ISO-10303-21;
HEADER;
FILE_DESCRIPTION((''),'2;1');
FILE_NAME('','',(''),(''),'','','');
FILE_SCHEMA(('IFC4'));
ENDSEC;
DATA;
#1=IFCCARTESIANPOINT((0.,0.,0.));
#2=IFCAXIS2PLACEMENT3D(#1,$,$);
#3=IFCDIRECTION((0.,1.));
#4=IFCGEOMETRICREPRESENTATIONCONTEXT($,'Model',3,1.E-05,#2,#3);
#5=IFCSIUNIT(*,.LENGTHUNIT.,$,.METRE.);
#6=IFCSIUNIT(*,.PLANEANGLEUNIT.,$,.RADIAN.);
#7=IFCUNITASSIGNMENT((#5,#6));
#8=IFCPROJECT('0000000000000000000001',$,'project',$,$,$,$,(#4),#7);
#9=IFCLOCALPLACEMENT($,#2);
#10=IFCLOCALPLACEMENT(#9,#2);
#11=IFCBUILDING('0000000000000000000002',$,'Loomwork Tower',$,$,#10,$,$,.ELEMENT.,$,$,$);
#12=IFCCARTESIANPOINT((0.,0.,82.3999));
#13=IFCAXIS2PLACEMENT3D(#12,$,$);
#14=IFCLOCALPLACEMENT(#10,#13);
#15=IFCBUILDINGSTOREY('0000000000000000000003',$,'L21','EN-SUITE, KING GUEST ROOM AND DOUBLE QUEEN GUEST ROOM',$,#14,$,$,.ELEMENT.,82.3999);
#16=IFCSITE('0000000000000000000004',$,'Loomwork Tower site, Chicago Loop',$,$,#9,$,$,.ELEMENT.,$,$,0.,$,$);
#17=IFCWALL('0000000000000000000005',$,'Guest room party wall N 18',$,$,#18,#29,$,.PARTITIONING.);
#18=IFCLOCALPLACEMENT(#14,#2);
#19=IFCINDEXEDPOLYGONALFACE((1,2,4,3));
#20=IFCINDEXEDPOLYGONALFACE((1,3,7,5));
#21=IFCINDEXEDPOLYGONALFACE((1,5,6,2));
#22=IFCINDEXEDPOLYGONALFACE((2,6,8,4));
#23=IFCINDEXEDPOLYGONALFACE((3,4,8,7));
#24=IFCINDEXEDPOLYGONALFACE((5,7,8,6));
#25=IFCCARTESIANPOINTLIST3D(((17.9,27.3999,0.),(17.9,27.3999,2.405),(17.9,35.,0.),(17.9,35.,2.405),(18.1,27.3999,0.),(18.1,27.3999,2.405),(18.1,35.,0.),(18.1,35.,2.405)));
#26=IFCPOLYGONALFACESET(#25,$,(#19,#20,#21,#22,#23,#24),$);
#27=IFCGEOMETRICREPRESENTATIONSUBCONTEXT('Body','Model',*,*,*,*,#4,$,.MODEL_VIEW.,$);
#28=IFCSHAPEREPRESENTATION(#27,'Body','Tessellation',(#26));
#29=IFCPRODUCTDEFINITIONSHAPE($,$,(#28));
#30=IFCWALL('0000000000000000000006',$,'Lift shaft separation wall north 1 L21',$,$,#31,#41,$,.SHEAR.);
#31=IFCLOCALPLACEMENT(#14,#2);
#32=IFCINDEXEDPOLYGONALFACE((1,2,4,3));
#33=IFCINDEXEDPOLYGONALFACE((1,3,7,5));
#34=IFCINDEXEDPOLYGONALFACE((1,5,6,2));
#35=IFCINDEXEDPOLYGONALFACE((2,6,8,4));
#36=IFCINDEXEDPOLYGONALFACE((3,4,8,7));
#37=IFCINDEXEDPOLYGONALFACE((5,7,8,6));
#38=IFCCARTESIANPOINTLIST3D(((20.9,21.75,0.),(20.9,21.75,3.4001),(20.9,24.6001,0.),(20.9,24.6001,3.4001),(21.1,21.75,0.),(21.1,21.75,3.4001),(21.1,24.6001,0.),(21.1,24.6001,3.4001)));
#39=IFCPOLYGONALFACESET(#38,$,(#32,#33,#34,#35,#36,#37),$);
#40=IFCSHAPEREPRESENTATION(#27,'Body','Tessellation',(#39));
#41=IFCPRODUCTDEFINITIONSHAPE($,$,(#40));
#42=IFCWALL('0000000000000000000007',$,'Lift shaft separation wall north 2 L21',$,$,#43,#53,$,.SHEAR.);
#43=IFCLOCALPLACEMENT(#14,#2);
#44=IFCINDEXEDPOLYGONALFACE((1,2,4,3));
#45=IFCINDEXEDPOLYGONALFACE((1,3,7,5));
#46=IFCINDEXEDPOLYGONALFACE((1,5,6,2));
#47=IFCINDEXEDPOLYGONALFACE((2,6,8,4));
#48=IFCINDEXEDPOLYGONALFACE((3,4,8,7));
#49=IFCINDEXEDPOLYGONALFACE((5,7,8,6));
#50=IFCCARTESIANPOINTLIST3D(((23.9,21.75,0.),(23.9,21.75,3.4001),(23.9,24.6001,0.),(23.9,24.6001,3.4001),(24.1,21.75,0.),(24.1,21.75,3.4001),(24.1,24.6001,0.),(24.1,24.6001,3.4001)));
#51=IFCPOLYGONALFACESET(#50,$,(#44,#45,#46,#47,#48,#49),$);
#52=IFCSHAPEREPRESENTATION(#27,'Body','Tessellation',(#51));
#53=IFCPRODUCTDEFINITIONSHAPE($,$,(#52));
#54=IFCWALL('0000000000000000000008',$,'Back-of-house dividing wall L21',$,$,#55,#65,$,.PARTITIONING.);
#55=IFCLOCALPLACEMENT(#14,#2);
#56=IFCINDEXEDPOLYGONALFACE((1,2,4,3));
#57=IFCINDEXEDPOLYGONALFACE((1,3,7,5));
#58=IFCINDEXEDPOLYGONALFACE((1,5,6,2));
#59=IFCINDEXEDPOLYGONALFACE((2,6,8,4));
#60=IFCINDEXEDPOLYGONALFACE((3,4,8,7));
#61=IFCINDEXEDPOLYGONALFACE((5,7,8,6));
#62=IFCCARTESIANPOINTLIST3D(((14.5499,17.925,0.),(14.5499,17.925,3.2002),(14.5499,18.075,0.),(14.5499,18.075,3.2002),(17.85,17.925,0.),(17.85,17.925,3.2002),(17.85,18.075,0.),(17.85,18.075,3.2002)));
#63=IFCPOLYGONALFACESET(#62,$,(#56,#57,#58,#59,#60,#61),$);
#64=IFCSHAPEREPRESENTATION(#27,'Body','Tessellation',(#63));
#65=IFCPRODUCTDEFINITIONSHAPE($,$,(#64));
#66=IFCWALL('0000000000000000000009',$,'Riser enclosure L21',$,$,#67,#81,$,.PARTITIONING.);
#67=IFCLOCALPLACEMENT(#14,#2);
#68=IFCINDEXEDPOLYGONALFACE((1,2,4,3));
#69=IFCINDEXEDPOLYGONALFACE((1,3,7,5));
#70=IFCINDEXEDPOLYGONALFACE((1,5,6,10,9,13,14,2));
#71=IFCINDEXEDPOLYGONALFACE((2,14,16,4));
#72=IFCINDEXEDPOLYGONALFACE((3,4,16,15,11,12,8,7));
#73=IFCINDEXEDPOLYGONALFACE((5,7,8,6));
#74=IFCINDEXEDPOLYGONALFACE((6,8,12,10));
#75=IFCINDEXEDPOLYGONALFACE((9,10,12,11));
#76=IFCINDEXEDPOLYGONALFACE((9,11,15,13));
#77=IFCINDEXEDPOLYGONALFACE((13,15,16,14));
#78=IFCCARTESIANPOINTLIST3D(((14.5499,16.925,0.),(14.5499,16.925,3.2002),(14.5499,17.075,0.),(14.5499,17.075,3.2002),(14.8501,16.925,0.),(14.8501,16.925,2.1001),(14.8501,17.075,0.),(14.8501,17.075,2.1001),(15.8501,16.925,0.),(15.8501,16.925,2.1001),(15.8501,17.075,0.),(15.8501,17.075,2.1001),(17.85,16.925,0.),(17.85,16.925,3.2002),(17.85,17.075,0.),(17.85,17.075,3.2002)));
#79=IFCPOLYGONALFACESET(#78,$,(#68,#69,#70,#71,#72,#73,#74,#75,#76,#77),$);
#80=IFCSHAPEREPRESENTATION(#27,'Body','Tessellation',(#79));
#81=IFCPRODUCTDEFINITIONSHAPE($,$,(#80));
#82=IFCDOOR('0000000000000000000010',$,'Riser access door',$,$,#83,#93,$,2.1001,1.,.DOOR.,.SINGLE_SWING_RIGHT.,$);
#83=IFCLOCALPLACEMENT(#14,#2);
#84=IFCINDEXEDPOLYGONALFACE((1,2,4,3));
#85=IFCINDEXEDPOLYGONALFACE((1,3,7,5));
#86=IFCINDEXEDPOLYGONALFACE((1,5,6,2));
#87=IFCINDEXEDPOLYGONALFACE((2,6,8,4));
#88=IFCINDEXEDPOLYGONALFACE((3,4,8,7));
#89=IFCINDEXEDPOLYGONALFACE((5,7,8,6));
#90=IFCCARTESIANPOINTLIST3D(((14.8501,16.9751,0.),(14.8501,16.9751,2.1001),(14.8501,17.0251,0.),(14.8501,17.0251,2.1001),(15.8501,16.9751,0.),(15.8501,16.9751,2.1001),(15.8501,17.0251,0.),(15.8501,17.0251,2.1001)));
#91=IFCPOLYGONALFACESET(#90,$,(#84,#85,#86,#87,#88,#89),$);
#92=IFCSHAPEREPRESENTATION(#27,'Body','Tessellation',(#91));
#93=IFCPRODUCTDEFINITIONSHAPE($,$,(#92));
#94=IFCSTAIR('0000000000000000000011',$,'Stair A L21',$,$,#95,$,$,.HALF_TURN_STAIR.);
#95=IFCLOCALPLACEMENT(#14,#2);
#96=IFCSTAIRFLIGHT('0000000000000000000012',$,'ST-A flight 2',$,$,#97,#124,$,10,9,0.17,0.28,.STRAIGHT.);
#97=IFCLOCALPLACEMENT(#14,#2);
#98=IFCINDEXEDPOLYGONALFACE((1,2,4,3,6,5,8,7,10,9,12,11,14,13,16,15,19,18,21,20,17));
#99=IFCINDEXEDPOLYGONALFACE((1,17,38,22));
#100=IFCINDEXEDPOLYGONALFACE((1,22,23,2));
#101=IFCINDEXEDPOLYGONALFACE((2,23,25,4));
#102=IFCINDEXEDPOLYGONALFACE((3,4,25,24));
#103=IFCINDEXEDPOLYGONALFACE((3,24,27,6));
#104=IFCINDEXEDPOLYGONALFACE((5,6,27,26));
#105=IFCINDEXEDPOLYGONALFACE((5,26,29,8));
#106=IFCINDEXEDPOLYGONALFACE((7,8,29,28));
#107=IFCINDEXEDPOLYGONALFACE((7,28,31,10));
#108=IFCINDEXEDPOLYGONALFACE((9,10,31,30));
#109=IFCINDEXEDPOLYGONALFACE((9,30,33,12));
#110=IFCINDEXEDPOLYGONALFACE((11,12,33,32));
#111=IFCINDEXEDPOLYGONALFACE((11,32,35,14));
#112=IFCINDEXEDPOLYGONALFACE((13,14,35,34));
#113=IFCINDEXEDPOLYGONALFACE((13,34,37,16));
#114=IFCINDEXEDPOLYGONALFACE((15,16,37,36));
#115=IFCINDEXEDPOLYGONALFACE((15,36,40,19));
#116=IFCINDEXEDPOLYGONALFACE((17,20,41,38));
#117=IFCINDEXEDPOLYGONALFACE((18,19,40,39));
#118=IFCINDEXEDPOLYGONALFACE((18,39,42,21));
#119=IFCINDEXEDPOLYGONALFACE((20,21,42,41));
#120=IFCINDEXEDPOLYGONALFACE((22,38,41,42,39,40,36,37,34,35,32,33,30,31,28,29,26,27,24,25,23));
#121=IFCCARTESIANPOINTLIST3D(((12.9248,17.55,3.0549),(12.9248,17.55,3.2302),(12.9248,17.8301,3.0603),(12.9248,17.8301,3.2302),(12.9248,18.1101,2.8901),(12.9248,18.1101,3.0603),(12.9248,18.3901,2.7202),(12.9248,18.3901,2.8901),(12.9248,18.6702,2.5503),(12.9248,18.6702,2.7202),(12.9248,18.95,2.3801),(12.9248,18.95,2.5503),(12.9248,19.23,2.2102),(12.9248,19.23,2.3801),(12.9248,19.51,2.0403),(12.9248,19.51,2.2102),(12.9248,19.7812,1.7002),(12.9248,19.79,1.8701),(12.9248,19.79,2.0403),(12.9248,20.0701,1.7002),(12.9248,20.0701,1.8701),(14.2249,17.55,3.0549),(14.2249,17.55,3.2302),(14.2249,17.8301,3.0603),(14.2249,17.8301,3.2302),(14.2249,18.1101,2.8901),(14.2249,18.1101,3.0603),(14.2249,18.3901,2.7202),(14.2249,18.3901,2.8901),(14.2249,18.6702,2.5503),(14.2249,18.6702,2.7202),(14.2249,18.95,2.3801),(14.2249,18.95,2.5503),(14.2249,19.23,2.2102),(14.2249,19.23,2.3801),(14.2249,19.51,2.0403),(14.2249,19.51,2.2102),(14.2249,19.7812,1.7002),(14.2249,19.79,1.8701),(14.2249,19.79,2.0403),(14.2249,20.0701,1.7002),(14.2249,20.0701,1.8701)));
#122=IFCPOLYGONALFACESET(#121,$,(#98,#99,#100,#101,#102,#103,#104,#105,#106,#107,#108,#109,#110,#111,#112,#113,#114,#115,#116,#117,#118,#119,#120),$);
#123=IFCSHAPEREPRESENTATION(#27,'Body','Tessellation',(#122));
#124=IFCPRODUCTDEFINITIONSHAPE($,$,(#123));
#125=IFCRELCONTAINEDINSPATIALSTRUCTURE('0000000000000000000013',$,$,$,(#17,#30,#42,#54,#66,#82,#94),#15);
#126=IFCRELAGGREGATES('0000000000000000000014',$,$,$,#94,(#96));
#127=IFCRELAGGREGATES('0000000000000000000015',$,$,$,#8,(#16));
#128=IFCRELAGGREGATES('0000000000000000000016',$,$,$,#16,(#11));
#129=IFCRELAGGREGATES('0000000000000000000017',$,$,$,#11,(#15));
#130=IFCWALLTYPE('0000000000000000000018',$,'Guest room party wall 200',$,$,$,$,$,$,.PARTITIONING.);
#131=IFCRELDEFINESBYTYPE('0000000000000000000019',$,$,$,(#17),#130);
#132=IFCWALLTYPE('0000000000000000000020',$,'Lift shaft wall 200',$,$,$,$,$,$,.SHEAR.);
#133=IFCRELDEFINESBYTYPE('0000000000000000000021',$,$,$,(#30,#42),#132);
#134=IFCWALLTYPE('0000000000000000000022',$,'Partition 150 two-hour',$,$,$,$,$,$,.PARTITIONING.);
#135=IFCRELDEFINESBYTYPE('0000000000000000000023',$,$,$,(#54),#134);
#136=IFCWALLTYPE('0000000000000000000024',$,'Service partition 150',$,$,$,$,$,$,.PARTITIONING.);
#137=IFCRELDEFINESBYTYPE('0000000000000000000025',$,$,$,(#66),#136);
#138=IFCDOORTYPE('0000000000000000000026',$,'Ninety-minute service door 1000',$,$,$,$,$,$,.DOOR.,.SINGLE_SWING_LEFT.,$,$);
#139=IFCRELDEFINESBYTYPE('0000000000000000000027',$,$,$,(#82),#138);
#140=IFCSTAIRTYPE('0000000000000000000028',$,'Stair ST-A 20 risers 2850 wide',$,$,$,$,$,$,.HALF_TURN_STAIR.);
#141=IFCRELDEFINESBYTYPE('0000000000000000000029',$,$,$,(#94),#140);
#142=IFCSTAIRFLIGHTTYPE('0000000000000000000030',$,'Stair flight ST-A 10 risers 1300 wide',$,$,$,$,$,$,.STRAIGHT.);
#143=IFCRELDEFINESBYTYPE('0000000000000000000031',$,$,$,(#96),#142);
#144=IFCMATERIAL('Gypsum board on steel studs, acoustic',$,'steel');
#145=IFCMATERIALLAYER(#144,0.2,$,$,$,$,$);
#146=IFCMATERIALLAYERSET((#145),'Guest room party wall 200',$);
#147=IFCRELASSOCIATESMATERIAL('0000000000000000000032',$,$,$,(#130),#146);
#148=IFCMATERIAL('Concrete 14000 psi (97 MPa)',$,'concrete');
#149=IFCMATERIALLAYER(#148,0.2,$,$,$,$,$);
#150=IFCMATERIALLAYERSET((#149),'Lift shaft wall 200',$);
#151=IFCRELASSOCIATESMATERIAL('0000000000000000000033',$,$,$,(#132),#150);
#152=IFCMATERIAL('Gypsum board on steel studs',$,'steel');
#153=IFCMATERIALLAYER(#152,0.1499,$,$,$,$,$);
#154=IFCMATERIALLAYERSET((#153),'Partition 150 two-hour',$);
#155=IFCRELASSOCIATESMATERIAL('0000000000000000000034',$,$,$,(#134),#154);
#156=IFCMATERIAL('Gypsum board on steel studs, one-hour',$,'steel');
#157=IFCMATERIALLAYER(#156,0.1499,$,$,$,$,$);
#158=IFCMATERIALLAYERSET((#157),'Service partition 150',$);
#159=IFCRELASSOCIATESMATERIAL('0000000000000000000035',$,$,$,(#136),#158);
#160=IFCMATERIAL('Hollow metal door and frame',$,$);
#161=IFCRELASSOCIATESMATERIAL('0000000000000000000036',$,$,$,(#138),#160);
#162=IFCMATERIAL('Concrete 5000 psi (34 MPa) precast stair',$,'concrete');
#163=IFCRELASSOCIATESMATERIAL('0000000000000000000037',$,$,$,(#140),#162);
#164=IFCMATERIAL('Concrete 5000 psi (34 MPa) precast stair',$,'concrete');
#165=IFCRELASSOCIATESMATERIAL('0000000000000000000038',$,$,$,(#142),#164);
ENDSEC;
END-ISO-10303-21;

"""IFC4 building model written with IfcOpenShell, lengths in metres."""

from ifc_helpers import new_model, si_unit, direction, frame, frame_2d, origin, place, context, subcontext, project, spatial, polyline, rectangle, outline, extrude, material, layer, layer_set, type_object, element, fill, aggregate, save


model = new_model("IFC4")

# Units and contexts
model_context = context("Model", 3, precision=1e-05, world=origin(), true_north=direction((0.0, 1.0)))
body_context = subcontext(model_context, "Body", "Model", "MODEL_VIEW")
ifc_project = project(units=[si_unit("LENGTHUNIT", "METRE"), si_unit("PLANEANGLEUNIT", "RADIAN")], contexts=[model_context])

# Site, building, storey
site_placement = place(None, origin())
site = spatial("IfcSite", under=ifc_project, at=site_placement, Name="Loomwork Tower site, Chicago Loop", CompositionType="ELEMENT", RefElevation=0.0)
building_placement = place(site_placement, origin())
building = spatial("IfcBuilding", under=site, at=building_placement, Name="Loomwork Tower", CompositionType="ELEMENT")
storey_placement = place(building_placement, frame((0.0, 0.0, 82.3999)))
storey = spatial("IfcBuildingStorey", under=building, at=storey_placement, Name="L21", Description="EN-SUITE, KING GUEST ROOM AND DOUBLE QUEEN GUEST ROOM", CompositionType="ELEMENT", Elevation=82.3999)

# Walls
ifc_material_1 = material(Name="Gypsum board on steel studs, acoustic", Category="steel")
ifc_layer_1 = layer(ifc_material_1, 0.2)
ifc_layer_set_1 = layer_set([ifc_layer_1], Name="Guest room party wall 200")
wall_type_1 = type_object("IfcWallType", Name="Guest room party wall 200", PredefinedType="PARTITIONING", material=ifc_layer_set_1)
wall_1_placement = place(storey_placement, frame((18.0, 27.3999, 0.0), z_axis=(0.0, 0.0, 1.0), x_axis=(0.0, 1.0, 0.0)))
element("IfcWall", 1, at=wall_1_placement, inside=storey, type_object=wall_type_1, Name="Guest room party wall N 18", PredefinedType="PARTITIONING", context=body_context, shape_type="SweptSolid", body=[
    extrude(rectangle(XDim=7.6001, YDim=0.2, at=frame_2d((3.8, 0.0))), origin(), (0.0, 0.0, 1.0), 2.405),
])
ifc_material_2 = material(Name="Concrete 14000 psi (97 MPa)", Category="concrete")
ifc_layer_2 = layer(ifc_material_2, 0.2)
ifc_layer_set_2 = layer_set([ifc_layer_2], Name="Lift shaft wall 200")
wall_type_2 = type_object("IfcWallType", Name="Lift shaft wall 200", PredefinedType="SHEAR", material=ifc_layer_set_2)
for number, where, z_axis, x_axis, name in (
    (2, (21.0, 21.75, 0.0), (0.0, 0.0, 1.0), (0.0, 1.0, 0.0), "Lift shaft separation wall north 1 L21"),
    (3, (24.0, 21.75, 0.0), (0.0, 0.0, 1.0), (0.0, 1.0, 0.0), "Lift shaft separation wall north 2 L21"),
):
    element("IfcWall", number, at=place(storey_placement, frame(where, z_axis=z_axis, x_axis=x_axis)), inside=storey, type_object=wall_type_2, Name=name, PredefinedType="SHEAR", context=body_context, shape_type="SweptSolid", body=[
        extrude(rectangle(XDim=2.8501, YDim=0.2, at=frame_2d((1.425, 0.0))), origin(), (0.0, 0.0, 1.0), 3.4001),
    ])
ifc_material_3 = material(Name="Gypsum board on steel studs", Category="steel")
ifc_layer_3 = layer(ifc_material_3, 0.1499)
ifc_layer_set_3 = layer_set([ifc_layer_3], Name="Partition 150 two-hour")
wall_type_3 = type_object("IfcWallType", Name="Partition 150 two-hour", PredefinedType="PARTITIONING", material=ifc_layer_set_3)
wall_2_placement = place(storey_placement, frame((14.55, 18.0, 0.0), z_axis=(0.0, 0.0, 1.0), x_axis=(1.0, 0.0, 0.0)))
element("IfcWall", 4, at=wall_2_placement, inside=storey, type_object=wall_type_3, Name="Back-of-house dividing wall L21", PredefinedType="PARTITIONING", context=body_context, shape_type="SweptSolid", body=[
    extrude(rectangle(XDim=3.3, YDim=0.1499, at=frame_2d((1.6499, 0.0))), origin(), (0.0, 0.0, 1.0), 3.2002),
])

# Wall, opening, door
ifc_material_4 = material(Name="Gypsum board on steel studs, one-hour", Category="steel")
ifc_layer_4 = layer(ifc_material_4, 0.1499)
ifc_layer_set_4 = layer_set([ifc_layer_4], Name="Service partition 150")
wall_type_4 = type_object("IfcWallType", Name="Service partition 150", PredefinedType="PARTITIONING", material=ifc_layer_set_4)
wall_3_placement = place(storey_placement, frame((14.55, 17.0, 0.0), z_axis=(0.0, 0.0, 1.0), x_axis=(1.0, 0.0, 0.0)))
wall_3 = element("IfcWall", 5, at=wall_3_placement, inside=storey, type_object=wall_type_4, Name="Riser enclosure L21", PredefinedType="PARTITIONING", context=body_context, shape_type="SweptSolid", body=[
    extrude(rectangle(XDim=3.3, YDim=0.1499, at=frame_2d((1.6499, 0.0))), origin(), (0.0, 0.0, 1.0), 3.2002),
])
opening_1_placement = place(wall_3_placement, frame((0.3, 0.0, 0.0)))
opening_1 = element("IfcOpeningElement", 6, at=opening_1_placement, cuts=wall_3, PredefinedType="OPENING", context=body_context, shape_type="SweptSolid", body=[
    extrude(rectangle(XDim=1.0, YDim=2.1001, at=frame_2d((0.5, 1.05))), frame((0.0, 0.085, 0.0), z_axis=(0.0, -1.0, 0.0), x_axis=(1.0, 0.0, 0.0)), (0.0, 0.0, 1.0), 0.1699),
])
ifc_material_5 = material(Name="Hollow metal door and frame")
door_type_1 = type_object("IfcDoorType", Name="Ninety-minute service door 1000", OperationType="SINGLE_SWING_LEFT", PredefinedType="DOOR", material=ifc_material_5)
door_1_placement = place(opening_1_placement, frame((1.0, 0.0, 0.0), z_axis=(0.0, 0.0, 1.0), x_axis=(-1.0, 0.0, 0.0)))
door_1 = element("IfcDoor", 7, at=door_1_placement, inside=storey, type_object=door_type_1, Name="Riser access door", OperationType="SINGLE_SWING_RIGHT", OverallHeight=2.1001, OverallWidth=1.0, PredefinedType="DOOR", context=body_context, shape_type="SweptSolid", body=[
    extrude(rectangle(XDim=1.0, YDim=2.1001, at=frame_2d((0.5, 1.05))), frame((0.0, 0.0249, 0.0), z_axis=(0.0, -1.0, 0.0), x_axis=(1.0, 0.0, 0.0)), (0.0, 0.0, 1.0), 0.05),
])
fill(opening_1, door_1)

# Stair, stair flight
ifc_material_6 = material(Name="Concrete 5000 psi (34 MPa) precast stair", Category="concrete")
stair_type = type_object("IfcStairType", Name="Stair ST-A 20 risers 2850 wide", PredefinedType="HALF_TURN_STAIR", material=ifc_material_6)
stair_placement = place(storey_placement, origin())
stair = element("IfcStair", 8, at=stair_placement, inside=storey, type_object=stair_type, Name="Stair A L21", PredefinedType="HALF_TURN_STAIR")
ifc_material_7 = material(Name="Concrete 5000 psi (34 MPa) precast stair", Category="concrete")
stair_flight_type = type_object("IfcStairFlightType", Name="Stair flight ST-A 10 risers 1300 wide", PredefinedType="STRAIGHT", material=ifc_material_7)
stair_flight_placement = place(storey_placement, frame((13.575, 20.0701, 1.7002), z_axis=(0.0, 0.0, 1.0), x_axis=(0.0, -1.0, 0.0)))
stair_flight = element("IfcStairFlight", 9, at=stair_flight_placement, type_object=stair_flight_type, Name="ST-A flight 2", NumberOfRisers=10, NumberOfTreads=9, PredefinedType="STRAIGHT", RiserHeight=0.17, TreadLength=0.28, context=body_context, shape_type="SweptSolid", body=[
    extrude(outline(polyline([(0.0, 0.0), (0.0, 0.1699), (0.28, 0.1699), (0.28, 0.3401), (0.5601, 0.3401), (0.5601, 0.51), (0.8401, 0.51), (0.8401, 0.6799), (1.1201, 0.6799), (1.1201, 0.8501), (1.3999, 0.8501), (1.3999, 1.02), (1.6799, 1.02), (1.6799, 1.1899), (1.96, 1.1899), (1.96, 1.3601), (2.24, 1.3601), (2.24, 1.53), (2.52, 1.53), (2.52, 1.7), (2.52, 1.3547), (0.2888, 0.0), (0.0, 0.0)])), frame((0.0, 0.6499, 0.0), z_axis=(0.0, -1.0, 0.0), x_axis=(1.0, 0.0, 0.0)), (0.0, 0.0, 1.0), 1.3),
])
aggregate(stair, [stair_flight])

save(model, "model.ifc")
